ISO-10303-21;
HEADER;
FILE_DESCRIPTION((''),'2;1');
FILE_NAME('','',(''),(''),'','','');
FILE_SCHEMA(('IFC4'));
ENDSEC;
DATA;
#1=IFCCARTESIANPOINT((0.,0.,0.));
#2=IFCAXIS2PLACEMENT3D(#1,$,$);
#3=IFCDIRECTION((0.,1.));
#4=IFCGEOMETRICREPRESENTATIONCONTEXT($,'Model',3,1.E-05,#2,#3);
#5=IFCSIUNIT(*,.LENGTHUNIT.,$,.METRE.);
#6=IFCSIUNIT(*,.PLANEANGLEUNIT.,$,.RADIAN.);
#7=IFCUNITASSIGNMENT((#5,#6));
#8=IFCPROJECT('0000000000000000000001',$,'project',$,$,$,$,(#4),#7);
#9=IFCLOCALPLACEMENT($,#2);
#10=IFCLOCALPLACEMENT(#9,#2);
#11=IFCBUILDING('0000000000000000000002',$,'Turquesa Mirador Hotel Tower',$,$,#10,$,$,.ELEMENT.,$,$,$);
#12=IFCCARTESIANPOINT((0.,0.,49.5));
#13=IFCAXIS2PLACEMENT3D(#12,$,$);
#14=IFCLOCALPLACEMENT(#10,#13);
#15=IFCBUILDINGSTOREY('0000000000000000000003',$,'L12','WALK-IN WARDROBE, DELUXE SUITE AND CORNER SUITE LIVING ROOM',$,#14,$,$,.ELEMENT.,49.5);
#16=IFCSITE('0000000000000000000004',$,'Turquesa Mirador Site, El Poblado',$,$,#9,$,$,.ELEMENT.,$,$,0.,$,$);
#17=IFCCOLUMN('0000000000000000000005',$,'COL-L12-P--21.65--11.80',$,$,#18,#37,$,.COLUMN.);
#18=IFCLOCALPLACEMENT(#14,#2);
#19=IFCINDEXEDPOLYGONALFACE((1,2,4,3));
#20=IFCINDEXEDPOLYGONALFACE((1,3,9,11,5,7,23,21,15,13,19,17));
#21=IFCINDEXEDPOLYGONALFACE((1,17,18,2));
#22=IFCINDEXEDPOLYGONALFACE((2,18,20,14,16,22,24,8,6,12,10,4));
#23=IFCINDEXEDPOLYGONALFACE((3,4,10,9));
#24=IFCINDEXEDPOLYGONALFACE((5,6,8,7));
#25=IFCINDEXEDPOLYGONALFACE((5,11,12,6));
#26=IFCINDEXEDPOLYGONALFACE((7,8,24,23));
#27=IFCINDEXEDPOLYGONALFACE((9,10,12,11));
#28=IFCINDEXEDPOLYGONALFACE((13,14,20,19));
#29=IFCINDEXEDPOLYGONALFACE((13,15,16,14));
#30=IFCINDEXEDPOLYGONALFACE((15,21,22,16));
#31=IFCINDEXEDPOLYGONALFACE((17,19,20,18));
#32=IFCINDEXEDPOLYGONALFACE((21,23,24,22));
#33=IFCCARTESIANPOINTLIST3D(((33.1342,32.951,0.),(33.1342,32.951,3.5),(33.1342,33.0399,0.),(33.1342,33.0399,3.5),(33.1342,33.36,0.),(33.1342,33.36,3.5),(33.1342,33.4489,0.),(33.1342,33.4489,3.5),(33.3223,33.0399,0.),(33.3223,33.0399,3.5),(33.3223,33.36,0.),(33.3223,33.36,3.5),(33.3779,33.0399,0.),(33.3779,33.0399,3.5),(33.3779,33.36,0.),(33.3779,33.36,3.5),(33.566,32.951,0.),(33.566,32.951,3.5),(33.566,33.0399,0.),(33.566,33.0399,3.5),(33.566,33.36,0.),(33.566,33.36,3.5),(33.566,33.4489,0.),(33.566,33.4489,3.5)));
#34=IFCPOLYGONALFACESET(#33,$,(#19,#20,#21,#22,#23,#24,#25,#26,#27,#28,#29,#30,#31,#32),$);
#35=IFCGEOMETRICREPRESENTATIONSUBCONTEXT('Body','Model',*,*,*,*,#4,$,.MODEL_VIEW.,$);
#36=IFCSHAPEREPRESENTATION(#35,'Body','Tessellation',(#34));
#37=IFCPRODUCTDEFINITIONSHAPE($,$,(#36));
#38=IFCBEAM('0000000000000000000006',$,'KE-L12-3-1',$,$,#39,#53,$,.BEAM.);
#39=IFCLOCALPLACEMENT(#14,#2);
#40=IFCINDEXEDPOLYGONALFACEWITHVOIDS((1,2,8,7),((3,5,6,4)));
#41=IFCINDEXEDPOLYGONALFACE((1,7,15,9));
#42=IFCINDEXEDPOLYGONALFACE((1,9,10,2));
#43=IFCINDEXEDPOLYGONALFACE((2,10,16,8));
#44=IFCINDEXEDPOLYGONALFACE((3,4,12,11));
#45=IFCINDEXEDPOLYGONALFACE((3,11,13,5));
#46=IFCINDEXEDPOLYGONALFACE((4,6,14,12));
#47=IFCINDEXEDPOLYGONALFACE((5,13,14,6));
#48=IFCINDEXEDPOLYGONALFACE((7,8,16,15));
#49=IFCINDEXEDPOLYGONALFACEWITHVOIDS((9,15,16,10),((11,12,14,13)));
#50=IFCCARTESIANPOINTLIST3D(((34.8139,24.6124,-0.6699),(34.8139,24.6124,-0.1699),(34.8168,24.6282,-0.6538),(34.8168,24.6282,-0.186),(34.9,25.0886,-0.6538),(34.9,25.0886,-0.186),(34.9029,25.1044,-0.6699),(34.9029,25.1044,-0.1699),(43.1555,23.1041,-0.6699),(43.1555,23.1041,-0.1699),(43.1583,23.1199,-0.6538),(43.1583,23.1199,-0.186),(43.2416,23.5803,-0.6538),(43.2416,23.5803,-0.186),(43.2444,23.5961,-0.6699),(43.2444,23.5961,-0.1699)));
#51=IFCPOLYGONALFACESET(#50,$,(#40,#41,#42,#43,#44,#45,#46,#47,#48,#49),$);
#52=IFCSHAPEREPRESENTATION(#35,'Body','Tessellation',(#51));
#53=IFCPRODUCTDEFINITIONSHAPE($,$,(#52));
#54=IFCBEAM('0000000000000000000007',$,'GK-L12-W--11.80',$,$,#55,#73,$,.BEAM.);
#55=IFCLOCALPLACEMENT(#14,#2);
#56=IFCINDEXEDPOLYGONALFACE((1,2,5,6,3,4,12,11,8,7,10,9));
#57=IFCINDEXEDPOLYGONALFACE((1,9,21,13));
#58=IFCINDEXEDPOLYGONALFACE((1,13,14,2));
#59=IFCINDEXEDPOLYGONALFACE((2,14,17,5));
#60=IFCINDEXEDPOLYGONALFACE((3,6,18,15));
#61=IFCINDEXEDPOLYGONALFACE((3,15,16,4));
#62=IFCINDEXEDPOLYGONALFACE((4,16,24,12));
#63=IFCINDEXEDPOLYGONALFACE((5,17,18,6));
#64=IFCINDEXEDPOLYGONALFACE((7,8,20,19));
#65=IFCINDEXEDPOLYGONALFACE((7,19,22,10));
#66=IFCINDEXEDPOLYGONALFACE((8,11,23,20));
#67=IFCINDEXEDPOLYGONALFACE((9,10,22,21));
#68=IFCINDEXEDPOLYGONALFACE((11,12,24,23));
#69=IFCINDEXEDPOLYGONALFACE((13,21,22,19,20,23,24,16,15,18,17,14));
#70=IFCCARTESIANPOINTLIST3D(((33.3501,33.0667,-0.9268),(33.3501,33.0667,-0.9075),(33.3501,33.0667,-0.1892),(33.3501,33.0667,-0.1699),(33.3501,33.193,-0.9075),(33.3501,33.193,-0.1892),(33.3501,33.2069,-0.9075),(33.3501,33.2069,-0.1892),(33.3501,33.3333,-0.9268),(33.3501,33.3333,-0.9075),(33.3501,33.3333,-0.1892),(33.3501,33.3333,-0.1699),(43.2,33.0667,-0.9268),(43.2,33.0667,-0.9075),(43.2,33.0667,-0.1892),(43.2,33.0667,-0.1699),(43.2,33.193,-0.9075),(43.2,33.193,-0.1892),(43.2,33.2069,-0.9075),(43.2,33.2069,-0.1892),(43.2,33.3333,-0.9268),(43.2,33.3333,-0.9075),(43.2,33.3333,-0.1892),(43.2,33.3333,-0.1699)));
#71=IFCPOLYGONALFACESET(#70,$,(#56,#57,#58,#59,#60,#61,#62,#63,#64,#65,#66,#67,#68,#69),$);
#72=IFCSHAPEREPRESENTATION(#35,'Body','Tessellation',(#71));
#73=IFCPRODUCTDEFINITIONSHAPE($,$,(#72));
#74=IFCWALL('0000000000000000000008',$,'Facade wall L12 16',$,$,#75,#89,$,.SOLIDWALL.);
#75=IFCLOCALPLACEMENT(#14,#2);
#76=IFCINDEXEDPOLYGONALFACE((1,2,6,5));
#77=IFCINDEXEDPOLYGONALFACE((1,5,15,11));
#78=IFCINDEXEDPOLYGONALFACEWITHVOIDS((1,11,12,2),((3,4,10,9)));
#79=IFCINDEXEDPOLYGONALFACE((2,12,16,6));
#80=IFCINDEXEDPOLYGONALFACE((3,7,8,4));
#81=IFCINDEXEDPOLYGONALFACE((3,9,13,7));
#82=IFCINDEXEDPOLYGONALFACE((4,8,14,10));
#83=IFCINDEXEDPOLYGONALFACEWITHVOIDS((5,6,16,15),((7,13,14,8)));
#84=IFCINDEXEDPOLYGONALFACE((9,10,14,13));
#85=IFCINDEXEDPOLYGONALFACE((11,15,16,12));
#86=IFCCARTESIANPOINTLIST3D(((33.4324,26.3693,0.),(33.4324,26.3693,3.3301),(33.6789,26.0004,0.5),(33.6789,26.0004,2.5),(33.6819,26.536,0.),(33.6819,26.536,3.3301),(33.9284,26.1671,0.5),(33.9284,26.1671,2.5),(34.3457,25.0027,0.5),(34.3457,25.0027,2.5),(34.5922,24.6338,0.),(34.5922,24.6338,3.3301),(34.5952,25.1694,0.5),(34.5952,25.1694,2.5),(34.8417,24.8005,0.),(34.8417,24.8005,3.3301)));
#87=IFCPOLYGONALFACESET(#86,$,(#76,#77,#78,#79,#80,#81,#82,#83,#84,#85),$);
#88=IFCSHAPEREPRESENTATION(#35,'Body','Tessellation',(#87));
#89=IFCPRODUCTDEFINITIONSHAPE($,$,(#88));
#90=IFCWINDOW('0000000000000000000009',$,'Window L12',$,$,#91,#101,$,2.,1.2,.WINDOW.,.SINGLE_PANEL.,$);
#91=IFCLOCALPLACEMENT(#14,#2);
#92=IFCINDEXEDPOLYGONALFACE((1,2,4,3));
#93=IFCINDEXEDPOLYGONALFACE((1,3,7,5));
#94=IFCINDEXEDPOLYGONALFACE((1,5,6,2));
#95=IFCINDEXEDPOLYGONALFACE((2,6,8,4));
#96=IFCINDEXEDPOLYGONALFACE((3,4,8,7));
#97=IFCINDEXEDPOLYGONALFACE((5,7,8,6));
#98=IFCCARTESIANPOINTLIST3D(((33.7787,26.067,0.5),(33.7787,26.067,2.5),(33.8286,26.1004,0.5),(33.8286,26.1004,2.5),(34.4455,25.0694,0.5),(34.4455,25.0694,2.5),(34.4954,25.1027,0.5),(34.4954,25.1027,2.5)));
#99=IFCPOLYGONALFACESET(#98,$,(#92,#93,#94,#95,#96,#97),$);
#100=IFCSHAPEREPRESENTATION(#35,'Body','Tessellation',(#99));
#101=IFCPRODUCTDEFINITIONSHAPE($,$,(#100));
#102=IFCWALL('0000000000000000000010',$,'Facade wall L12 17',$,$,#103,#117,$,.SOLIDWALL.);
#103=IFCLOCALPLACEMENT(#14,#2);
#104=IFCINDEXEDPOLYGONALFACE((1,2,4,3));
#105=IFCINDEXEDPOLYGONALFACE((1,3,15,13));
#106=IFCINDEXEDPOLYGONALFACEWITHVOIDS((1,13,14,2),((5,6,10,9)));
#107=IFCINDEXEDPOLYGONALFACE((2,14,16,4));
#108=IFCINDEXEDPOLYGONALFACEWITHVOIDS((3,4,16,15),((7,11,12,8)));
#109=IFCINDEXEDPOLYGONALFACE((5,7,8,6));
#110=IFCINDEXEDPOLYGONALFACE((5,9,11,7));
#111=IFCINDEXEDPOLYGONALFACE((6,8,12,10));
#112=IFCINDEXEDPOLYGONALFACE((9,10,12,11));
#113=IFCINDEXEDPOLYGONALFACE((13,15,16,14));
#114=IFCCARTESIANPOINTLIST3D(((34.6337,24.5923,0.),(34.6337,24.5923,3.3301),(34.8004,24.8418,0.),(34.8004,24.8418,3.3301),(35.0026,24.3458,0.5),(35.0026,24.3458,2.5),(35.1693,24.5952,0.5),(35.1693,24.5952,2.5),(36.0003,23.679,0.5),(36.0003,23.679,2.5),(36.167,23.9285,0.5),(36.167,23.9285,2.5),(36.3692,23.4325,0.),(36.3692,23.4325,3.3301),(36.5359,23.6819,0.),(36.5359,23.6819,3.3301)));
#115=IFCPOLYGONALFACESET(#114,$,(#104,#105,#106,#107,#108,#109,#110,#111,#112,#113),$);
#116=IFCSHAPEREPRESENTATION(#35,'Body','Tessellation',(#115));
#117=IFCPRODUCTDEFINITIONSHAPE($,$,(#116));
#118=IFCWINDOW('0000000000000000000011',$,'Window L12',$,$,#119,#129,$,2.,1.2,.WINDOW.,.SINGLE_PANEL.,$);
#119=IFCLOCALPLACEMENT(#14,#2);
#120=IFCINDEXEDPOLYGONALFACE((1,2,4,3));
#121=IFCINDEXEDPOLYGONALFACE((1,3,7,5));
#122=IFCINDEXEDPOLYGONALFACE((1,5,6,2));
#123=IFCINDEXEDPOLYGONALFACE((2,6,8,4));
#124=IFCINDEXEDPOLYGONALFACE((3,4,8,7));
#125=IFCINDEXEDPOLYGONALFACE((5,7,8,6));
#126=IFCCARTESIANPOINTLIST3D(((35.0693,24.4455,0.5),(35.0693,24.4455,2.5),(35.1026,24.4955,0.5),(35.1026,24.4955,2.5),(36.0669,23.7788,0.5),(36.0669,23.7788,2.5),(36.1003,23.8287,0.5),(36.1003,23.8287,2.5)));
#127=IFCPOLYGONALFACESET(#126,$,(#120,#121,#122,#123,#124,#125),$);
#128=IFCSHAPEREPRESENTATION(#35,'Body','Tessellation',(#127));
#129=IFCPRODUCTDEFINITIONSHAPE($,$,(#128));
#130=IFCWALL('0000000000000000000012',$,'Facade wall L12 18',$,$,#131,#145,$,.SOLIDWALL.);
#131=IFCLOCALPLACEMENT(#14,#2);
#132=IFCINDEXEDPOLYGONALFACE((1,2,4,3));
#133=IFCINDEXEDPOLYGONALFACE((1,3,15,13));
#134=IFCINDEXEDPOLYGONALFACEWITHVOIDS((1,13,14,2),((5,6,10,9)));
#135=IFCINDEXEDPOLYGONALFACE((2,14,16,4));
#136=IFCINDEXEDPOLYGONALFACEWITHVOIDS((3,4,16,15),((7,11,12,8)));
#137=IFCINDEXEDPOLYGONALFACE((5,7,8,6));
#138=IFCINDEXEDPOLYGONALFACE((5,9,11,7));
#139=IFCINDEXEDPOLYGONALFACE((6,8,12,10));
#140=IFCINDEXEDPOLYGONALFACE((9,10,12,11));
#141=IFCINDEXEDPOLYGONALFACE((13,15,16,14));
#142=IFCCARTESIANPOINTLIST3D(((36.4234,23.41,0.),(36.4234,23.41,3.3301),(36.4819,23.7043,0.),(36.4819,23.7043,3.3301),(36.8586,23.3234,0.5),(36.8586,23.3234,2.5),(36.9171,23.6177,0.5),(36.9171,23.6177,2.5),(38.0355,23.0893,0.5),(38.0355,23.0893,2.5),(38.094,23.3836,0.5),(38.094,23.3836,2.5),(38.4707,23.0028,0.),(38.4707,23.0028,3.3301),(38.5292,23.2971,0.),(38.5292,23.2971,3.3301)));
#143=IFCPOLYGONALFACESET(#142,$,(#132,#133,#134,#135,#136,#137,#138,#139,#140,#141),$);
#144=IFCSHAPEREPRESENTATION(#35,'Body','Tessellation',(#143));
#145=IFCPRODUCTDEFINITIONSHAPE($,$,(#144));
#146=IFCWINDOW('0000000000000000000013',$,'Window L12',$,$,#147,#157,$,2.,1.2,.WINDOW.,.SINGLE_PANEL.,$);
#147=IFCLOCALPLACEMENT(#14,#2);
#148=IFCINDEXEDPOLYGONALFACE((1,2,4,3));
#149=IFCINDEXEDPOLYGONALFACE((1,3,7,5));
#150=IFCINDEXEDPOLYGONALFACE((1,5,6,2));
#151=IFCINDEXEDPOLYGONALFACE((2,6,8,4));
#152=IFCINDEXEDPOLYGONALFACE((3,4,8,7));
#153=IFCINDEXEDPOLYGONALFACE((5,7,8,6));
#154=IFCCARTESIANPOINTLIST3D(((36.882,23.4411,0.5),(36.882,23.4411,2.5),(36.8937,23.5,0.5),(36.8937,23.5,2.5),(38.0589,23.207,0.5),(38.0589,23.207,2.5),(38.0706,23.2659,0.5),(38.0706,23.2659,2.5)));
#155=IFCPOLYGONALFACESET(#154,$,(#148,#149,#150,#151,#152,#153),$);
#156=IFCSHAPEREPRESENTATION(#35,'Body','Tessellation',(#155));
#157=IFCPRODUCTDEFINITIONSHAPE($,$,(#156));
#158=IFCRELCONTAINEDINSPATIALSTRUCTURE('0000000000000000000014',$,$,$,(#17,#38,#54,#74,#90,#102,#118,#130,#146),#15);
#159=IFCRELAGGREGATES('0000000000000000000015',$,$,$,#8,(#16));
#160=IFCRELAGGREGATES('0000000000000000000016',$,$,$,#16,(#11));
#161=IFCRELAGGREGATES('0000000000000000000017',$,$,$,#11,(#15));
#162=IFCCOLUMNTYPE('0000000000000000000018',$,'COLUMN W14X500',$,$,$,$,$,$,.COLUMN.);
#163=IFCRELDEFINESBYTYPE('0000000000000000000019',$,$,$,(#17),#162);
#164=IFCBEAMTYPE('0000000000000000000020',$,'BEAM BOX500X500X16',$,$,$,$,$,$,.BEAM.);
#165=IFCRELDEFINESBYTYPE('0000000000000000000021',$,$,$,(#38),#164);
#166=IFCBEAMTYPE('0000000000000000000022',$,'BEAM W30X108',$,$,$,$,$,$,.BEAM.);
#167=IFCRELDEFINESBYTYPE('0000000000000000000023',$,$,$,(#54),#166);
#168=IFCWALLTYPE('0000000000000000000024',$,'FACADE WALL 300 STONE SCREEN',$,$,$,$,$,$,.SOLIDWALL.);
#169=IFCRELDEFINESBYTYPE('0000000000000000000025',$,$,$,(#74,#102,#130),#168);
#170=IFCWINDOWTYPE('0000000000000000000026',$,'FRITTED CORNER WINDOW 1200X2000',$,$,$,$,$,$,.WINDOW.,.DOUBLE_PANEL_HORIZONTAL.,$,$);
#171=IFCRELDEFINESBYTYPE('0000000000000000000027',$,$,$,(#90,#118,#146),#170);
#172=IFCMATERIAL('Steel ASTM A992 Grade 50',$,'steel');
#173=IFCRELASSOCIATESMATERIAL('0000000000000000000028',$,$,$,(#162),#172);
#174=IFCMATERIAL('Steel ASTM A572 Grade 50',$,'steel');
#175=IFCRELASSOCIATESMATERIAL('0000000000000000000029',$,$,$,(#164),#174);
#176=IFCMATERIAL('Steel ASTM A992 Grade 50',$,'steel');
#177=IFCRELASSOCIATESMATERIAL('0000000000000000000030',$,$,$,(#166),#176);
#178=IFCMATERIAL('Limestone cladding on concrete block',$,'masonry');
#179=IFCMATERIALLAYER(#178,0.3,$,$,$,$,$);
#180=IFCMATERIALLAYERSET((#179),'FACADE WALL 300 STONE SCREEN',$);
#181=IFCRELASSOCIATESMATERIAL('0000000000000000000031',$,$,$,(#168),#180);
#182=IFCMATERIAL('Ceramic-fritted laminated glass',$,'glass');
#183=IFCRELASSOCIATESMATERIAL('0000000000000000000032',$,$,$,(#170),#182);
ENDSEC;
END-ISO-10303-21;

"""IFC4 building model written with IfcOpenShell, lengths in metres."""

from ifc_helpers import new_model, si_unit, direction, frame, frame_2d, origin, origin_2d, place, context, subcontext, project, spatial, rectangle, hollow_rectangle, i_section, extrude, material, layer, layer_set, material_profile, profile_set, type_object, element, fill, save


model = new_model("IFC4")

# Units and contexts
model_context = context("Model", 3, precision=1e-05, world=origin(), true_north=direction((0.0, 1.0)))
body_context = subcontext(model_context, "Body", "Model", "MODEL_VIEW")
ifc_project = project(units=[si_unit("LENGTHUNIT", "METRE"), si_unit("PLANEANGLEUNIT", "RADIAN")], contexts=[model_context])

# Site, building, storey
site_placement = place(None, origin())
site = spatial("IfcSite", under=ifc_project, at=site_placement, Name="Turquesa Mirador Site, El Poblado", CompositionType="ELEMENT", RefElevation=0.0)
building_placement = place(site_placement, origin())
building = spatial("IfcBuilding", under=site, at=building_placement, Name="Turquesa Mirador Hotel Tower", CompositionType="ELEMENT")
storey_placement = place(building_placement, frame((0.0, 0.0, 49.5)))
storey = spatial("IfcBuildingStorey", under=building, at=storey_placement, Name="L12", Description="WALK-IN WARDROBE, DELUXE SUITE AND CORNER SUITE LIVING ROOM", CompositionType="ELEMENT", Elevation=49.5)

# Column
ifc_material_1 = material(Name="Steel ASTM A992 Grade 50", Category="steel")
ifc_material_profile_1 = material_profile(ifc_material_1, i_section(OverallWidth=0.4319, OverallDepth=0.4978, WebThickness=0.0557, FlangeThickness=0.0889, at=origin_2d()), Name="W14X500")
ifc_profile_set_1 = profile_set([ifc_material_profile_1], Name="Steel ASTM A992 Grade 50")
column_type = type_object("IfcColumnType", Name="COLUMN W14X500", PredefinedType="COLUMN", material=ifc_profile_set_1)
column_placement = place(storey_placement, frame((33.3501, 33.2, 0.0), z_axis=(0.0, 0.0, 1.0), x_axis=(1.0, 0.0, 0.0)))
element("IfcColumn", 1, at=column_placement, inside=storey, type_object=column_type, Name="COL-L12-P--21.65--11.80", PredefinedType="COLUMN", context=body_context, shape_type="SweptSolid", body=[
    extrude(i_section(OverallWidth=0.4319, OverallDepth=0.4978, WebThickness=0.0557, FlangeThickness=0.0889, at=origin_2d()), origin(), (0.0, 0.0, 1.0), 3.5),
])

# Beams
ifc_material_2 = material(Name="Steel ASTM A572 Grade 50", Category="steel")
ifc_material_profile_2 = material_profile(ifc_material_2, hollow_rectangle(XDim=0.5, YDim=0.5, WallThickness=0.0161, at=origin_2d()), Name="BOX500X500X16")
ifc_profile_set_2 = profile_set([ifc_material_profile_2], Name="Steel ASTM A572 Grade 50")
beam_type_1 = type_object("IfcBeamType", Name="BEAM BOX500X500X16", PredefinedType="BEAM", material=ifc_profile_set_2)
beam_1_placement = place(storey_placement, frame((34.8584, 24.8584, -0.4199), z_axis=(0.984043, -0.177932, 0.0), x_axis=(0.177932, 0.984043, 0.0)))
element("IfcBeam", 2, at=beam_1_placement, inside=storey, type_object=beam_type_1, Name="KE-L12-3-1", PredefinedType="BEAM", context=body_context, shape_type="SweptSolid", body=[
    extrude(hollow_rectangle(XDim=0.5, YDim=0.5, WallThickness=0.0161, at=origin_2d()), origin(), (0.0, 0.0, 1.0), 8.4768),
])
ifc_material_3 = material(Name="Steel ASTM A992 Grade 50", Category="steel")
ifc_material_profile_3 = material_profile(ifc_material_3, i_section(OverallWidth=0.2666, OverallDepth=0.7568, WebThickness=0.0139, FlangeThickness=0.0193, at=origin_2d()), Name="W30X108")
ifc_profile_set_3 = profile_set([ifc_material_profile_3], Name="Steel ASTM A992 Grade 50")
beam_type_2 = type_object("IfcBeamType", Name="BEAM W30X108", PredefinedType="BEAM", material=ifc_profile_set_3)
beam_2_placement = place(storey_placement, frame((33.3501, 33.2, -0.5483), z_axis=(1.0, 0.0, 0.0), x_axis=(0.0, 1.0, 0.0)))
element("IfcBeam", 3, at=beam_2_placement, inside=storey, type_object=beam_type_2, Name="GK-L12-W--11.80", PredefinedType="BEAM", context=body_context, shape_type="SweptSolid", body=[
    extrude(i_section(OverallWidth=0.2666, OverallDepth=0.7568, WebThickness=0.0139, FlangeThickness=0.0193, at=origin_2d()), origin(), (0.0, 0.0, 1.0), 9.8499),
])

# Walls, openings, windows
ifc_material_4 = material(Name="Limestone cladding on concrete block", Category="masonry")
ifc_layer_1 = layer(ifc_material_4, 0.3)
ifc_layer_set_1 = layer_set([ifc_layer_1], Name="FACADE WALL 300 STONE SCREEN")
wall_type_1 = type_object("IfcWallType", Name="FACADE WALL 300 STONE SCREEN", PredefinedType="SOLIDWALL", material=ifc_layer_set_1)
wall_1_placement = place(storey_placement, frame((33.5571, 26.4526, 0.0), z_axis=(0.0, 0.0, 1.0), x_axis=(0.555644, -0.83142, 0.0)))
wall_1 = element("IfcWall", 4, at=wall_1_placement, inside=storey, type_object=wall_type_1, Name="Facade wall L12 16", PredefinedType="SOLIDWALL", context=body_context, shape_type="SweptSolid", body=[
    extrude(rectangle(XDim=2.0874, YDim=0.3, at=frame_2d((1.0437, 0.0))), origin(), (0.0, 0.0, 1.0), 3.3301),
])
opening_1_placement = place(wall_1_placement, frame((0.4436, 0.0, 0.5)))
opening_1 = element("IfcOpeningElement", 5, at=opening_1_placement, cuts=wall_1, PredefinedType="OPENING", context=body_context, shape_type="SweptSolid", body=[
    extrude(rectangle(XDim=1.2, YDim=2.0, at=frame_2d((0.6001, 1.0))), frame((0.0, 0.1599, 0.0), z_axis=(0.0, -1.0, 0.0), x_axis=(1.0, 0.0, 0.0)), (0.0, 0.0, 1.0), 0.3201),
])
ifc_material_5 = material(Name="Ceramic-fritted laminated glass", Category="glass")
window_type_1 = type_object("IfcWindowType", Name="FRITTED CORNER WINDOW 1200X2000", PartitioningType="DOUBLE_PANEL_HORIZONTAL", PredefinedType="WINDOW", material=ifc_material_5)
window_1_placement = place(opening_1_placement, origin())
window_1 = element("IfcWindow", 6, at=window_1_placement, inside=storey, type_object=window_type_1, Name="Window L12", OverallHeight=2.0, OverallWidth=1.2, PartitioningType="SINGLE_PANEL", PredefinedType="WINDOW", context=body_context, shape_type="SweptSolid", body=[
    extrude(rectangle(XDim=1.2, YDim=2.0, at=frame_2d((0.6001, 1.0))), frame((0.0, 0.03, 0.0), z_axis=(0.0, -1.0, 0.0), x_axis=(1.0, 0.0, 0.0)), (0.0, 0.0, 1.0), 0.0601),
])
fill(opening_1, window_1)
wall_2_placement = place(storey_placement, frame((34.717, 24.717, 0.0), z_axis=(0.0, 0.0, 1.0), x_axis=(0.83142, -0.555644, 0.0)))
wall_2 = element("IfcWall", 7, at=wall_2_placement, inside=storey, type_object=wall_type_1, Name="Facade wall L12 17", PredefinedType="SOLIDWALL", context=body_context, shape_type="SweptSolid", body=[
    extrude(rectangle(XDim=2.0874, YDim=0.3, at=frame_2d((1.0437, 0.0))), origin(), (0.0, 0.0, 1.0), 3.3301),
])
opening_2_placement = place(wall_2_placement, frame((0.4436, 0.0, 0.5)))
opening_2 = element("IfcOpeningElement", 8, at=opening_2_placement, cuts=wall_2, PredefinedType="OPENING", context=body_context, shape_type="SweptSolid", body=[
    extrude(rectangle(XDim=1.2, YDim=2.0, at=frame_2d((0.6001, 1.0))), frame((0.0, 0.1599, 0.0), z_axis=(0.0, -1.0, 0.0), x_axis=(1.0, 0.0, 0.0)), (0.0, 0.0, 1.0), 0.3201),
])
window_2_placement = place(opening_2_placement, origin())
window_2 = element("IfcWindow", 9, at=window_2_placement, inside=storey, type_object=window_type_1, Name="Window L12", OverallHeight=2.0, OverallWidth=1.2, PartitioningType="SINGLE_PANEL", PredefinedType="WINDOW", context=body_context, shape_type="SweptSolid", body=[
    extrude(rectangle(XDim=1.2, YDim=2.0, at=frame_2d((0.6001, 1.0))), frame((0.0, 0.03, 0.0), z_axis=(0.0, -1.0, 0.0), x_axis=(1.0, 0.0, 0.0)), (0.0, 0.0, 1.0), 0.0601),
])
fill(opening_2, window_2)
wall_3_placement = place(storey_placement, frame((36.4526, 23.5571, 0.0), z_axis=(0.0, 0.0, 1.0), x_axis=(0.980787, -0.195081, 0.0)))
wall_3 = element("IfcWall", 10, at=wall_3_placement, inside=storey, type_object=wall_type_1, Name="Facade wall L12 18", PredefinedType="SOLIDWALL", context=body_context, shape_type="SweptSolid", body=[
    extrude(rectangle(XDim=2.0874, YDim=0.3, at=frame_2d((1.0437, 0.0))), origin(), (0.0, 0.0, 1.0), 3.3301),
])
opening_3_placement = place(wall_3_placement, frame((0.4436, 0.0, 0.5)))
opening_3 = element("IfcOpeningElement", 11, at=opening_3_placement, cuts=wall_3, PredefinedType="OPENING", context=body_context, shape_type="SweptSolid", body=[
    extrude(rectangle(XDim=1.2, YDim=2.0, at=frame_2d((0.6001, 1.0))), frame((0.0, 0.1599, 0.0), z_axis=(0.0, -1.0, 0.0), x_axis=(1.0, 0.0, 0.0)), (0.0, 0.0, 1.0), 0.3201),
])
window_3_placement = place(opening_3_placement, origin())
window_3 = element("IfcWindow", 12, at=window_3_placement, inside=storey, type_object=window_type_1, Name="Window L12", OverallHeight=2.0, OverallWidth=1.2, PartitioningType="SINGLE_PANEL", PredefinedType="WINDOW", context=body_context, shape_type="SweptSolid", body=[
    extrude(rectangle(XDim=1.2, YDim=2.0, at=frame_2d((0.6001, 1.0))), frame((0.0, 0.03, 0.0), z_axis=(0.0, -1.0, 0.0), x_axis=(1.0, 0.0, 0.0)), (0.0, 0.0, 1.0), 0.0601),
])
fill(opening_3, window_3)

save(model, "model.ifc")
